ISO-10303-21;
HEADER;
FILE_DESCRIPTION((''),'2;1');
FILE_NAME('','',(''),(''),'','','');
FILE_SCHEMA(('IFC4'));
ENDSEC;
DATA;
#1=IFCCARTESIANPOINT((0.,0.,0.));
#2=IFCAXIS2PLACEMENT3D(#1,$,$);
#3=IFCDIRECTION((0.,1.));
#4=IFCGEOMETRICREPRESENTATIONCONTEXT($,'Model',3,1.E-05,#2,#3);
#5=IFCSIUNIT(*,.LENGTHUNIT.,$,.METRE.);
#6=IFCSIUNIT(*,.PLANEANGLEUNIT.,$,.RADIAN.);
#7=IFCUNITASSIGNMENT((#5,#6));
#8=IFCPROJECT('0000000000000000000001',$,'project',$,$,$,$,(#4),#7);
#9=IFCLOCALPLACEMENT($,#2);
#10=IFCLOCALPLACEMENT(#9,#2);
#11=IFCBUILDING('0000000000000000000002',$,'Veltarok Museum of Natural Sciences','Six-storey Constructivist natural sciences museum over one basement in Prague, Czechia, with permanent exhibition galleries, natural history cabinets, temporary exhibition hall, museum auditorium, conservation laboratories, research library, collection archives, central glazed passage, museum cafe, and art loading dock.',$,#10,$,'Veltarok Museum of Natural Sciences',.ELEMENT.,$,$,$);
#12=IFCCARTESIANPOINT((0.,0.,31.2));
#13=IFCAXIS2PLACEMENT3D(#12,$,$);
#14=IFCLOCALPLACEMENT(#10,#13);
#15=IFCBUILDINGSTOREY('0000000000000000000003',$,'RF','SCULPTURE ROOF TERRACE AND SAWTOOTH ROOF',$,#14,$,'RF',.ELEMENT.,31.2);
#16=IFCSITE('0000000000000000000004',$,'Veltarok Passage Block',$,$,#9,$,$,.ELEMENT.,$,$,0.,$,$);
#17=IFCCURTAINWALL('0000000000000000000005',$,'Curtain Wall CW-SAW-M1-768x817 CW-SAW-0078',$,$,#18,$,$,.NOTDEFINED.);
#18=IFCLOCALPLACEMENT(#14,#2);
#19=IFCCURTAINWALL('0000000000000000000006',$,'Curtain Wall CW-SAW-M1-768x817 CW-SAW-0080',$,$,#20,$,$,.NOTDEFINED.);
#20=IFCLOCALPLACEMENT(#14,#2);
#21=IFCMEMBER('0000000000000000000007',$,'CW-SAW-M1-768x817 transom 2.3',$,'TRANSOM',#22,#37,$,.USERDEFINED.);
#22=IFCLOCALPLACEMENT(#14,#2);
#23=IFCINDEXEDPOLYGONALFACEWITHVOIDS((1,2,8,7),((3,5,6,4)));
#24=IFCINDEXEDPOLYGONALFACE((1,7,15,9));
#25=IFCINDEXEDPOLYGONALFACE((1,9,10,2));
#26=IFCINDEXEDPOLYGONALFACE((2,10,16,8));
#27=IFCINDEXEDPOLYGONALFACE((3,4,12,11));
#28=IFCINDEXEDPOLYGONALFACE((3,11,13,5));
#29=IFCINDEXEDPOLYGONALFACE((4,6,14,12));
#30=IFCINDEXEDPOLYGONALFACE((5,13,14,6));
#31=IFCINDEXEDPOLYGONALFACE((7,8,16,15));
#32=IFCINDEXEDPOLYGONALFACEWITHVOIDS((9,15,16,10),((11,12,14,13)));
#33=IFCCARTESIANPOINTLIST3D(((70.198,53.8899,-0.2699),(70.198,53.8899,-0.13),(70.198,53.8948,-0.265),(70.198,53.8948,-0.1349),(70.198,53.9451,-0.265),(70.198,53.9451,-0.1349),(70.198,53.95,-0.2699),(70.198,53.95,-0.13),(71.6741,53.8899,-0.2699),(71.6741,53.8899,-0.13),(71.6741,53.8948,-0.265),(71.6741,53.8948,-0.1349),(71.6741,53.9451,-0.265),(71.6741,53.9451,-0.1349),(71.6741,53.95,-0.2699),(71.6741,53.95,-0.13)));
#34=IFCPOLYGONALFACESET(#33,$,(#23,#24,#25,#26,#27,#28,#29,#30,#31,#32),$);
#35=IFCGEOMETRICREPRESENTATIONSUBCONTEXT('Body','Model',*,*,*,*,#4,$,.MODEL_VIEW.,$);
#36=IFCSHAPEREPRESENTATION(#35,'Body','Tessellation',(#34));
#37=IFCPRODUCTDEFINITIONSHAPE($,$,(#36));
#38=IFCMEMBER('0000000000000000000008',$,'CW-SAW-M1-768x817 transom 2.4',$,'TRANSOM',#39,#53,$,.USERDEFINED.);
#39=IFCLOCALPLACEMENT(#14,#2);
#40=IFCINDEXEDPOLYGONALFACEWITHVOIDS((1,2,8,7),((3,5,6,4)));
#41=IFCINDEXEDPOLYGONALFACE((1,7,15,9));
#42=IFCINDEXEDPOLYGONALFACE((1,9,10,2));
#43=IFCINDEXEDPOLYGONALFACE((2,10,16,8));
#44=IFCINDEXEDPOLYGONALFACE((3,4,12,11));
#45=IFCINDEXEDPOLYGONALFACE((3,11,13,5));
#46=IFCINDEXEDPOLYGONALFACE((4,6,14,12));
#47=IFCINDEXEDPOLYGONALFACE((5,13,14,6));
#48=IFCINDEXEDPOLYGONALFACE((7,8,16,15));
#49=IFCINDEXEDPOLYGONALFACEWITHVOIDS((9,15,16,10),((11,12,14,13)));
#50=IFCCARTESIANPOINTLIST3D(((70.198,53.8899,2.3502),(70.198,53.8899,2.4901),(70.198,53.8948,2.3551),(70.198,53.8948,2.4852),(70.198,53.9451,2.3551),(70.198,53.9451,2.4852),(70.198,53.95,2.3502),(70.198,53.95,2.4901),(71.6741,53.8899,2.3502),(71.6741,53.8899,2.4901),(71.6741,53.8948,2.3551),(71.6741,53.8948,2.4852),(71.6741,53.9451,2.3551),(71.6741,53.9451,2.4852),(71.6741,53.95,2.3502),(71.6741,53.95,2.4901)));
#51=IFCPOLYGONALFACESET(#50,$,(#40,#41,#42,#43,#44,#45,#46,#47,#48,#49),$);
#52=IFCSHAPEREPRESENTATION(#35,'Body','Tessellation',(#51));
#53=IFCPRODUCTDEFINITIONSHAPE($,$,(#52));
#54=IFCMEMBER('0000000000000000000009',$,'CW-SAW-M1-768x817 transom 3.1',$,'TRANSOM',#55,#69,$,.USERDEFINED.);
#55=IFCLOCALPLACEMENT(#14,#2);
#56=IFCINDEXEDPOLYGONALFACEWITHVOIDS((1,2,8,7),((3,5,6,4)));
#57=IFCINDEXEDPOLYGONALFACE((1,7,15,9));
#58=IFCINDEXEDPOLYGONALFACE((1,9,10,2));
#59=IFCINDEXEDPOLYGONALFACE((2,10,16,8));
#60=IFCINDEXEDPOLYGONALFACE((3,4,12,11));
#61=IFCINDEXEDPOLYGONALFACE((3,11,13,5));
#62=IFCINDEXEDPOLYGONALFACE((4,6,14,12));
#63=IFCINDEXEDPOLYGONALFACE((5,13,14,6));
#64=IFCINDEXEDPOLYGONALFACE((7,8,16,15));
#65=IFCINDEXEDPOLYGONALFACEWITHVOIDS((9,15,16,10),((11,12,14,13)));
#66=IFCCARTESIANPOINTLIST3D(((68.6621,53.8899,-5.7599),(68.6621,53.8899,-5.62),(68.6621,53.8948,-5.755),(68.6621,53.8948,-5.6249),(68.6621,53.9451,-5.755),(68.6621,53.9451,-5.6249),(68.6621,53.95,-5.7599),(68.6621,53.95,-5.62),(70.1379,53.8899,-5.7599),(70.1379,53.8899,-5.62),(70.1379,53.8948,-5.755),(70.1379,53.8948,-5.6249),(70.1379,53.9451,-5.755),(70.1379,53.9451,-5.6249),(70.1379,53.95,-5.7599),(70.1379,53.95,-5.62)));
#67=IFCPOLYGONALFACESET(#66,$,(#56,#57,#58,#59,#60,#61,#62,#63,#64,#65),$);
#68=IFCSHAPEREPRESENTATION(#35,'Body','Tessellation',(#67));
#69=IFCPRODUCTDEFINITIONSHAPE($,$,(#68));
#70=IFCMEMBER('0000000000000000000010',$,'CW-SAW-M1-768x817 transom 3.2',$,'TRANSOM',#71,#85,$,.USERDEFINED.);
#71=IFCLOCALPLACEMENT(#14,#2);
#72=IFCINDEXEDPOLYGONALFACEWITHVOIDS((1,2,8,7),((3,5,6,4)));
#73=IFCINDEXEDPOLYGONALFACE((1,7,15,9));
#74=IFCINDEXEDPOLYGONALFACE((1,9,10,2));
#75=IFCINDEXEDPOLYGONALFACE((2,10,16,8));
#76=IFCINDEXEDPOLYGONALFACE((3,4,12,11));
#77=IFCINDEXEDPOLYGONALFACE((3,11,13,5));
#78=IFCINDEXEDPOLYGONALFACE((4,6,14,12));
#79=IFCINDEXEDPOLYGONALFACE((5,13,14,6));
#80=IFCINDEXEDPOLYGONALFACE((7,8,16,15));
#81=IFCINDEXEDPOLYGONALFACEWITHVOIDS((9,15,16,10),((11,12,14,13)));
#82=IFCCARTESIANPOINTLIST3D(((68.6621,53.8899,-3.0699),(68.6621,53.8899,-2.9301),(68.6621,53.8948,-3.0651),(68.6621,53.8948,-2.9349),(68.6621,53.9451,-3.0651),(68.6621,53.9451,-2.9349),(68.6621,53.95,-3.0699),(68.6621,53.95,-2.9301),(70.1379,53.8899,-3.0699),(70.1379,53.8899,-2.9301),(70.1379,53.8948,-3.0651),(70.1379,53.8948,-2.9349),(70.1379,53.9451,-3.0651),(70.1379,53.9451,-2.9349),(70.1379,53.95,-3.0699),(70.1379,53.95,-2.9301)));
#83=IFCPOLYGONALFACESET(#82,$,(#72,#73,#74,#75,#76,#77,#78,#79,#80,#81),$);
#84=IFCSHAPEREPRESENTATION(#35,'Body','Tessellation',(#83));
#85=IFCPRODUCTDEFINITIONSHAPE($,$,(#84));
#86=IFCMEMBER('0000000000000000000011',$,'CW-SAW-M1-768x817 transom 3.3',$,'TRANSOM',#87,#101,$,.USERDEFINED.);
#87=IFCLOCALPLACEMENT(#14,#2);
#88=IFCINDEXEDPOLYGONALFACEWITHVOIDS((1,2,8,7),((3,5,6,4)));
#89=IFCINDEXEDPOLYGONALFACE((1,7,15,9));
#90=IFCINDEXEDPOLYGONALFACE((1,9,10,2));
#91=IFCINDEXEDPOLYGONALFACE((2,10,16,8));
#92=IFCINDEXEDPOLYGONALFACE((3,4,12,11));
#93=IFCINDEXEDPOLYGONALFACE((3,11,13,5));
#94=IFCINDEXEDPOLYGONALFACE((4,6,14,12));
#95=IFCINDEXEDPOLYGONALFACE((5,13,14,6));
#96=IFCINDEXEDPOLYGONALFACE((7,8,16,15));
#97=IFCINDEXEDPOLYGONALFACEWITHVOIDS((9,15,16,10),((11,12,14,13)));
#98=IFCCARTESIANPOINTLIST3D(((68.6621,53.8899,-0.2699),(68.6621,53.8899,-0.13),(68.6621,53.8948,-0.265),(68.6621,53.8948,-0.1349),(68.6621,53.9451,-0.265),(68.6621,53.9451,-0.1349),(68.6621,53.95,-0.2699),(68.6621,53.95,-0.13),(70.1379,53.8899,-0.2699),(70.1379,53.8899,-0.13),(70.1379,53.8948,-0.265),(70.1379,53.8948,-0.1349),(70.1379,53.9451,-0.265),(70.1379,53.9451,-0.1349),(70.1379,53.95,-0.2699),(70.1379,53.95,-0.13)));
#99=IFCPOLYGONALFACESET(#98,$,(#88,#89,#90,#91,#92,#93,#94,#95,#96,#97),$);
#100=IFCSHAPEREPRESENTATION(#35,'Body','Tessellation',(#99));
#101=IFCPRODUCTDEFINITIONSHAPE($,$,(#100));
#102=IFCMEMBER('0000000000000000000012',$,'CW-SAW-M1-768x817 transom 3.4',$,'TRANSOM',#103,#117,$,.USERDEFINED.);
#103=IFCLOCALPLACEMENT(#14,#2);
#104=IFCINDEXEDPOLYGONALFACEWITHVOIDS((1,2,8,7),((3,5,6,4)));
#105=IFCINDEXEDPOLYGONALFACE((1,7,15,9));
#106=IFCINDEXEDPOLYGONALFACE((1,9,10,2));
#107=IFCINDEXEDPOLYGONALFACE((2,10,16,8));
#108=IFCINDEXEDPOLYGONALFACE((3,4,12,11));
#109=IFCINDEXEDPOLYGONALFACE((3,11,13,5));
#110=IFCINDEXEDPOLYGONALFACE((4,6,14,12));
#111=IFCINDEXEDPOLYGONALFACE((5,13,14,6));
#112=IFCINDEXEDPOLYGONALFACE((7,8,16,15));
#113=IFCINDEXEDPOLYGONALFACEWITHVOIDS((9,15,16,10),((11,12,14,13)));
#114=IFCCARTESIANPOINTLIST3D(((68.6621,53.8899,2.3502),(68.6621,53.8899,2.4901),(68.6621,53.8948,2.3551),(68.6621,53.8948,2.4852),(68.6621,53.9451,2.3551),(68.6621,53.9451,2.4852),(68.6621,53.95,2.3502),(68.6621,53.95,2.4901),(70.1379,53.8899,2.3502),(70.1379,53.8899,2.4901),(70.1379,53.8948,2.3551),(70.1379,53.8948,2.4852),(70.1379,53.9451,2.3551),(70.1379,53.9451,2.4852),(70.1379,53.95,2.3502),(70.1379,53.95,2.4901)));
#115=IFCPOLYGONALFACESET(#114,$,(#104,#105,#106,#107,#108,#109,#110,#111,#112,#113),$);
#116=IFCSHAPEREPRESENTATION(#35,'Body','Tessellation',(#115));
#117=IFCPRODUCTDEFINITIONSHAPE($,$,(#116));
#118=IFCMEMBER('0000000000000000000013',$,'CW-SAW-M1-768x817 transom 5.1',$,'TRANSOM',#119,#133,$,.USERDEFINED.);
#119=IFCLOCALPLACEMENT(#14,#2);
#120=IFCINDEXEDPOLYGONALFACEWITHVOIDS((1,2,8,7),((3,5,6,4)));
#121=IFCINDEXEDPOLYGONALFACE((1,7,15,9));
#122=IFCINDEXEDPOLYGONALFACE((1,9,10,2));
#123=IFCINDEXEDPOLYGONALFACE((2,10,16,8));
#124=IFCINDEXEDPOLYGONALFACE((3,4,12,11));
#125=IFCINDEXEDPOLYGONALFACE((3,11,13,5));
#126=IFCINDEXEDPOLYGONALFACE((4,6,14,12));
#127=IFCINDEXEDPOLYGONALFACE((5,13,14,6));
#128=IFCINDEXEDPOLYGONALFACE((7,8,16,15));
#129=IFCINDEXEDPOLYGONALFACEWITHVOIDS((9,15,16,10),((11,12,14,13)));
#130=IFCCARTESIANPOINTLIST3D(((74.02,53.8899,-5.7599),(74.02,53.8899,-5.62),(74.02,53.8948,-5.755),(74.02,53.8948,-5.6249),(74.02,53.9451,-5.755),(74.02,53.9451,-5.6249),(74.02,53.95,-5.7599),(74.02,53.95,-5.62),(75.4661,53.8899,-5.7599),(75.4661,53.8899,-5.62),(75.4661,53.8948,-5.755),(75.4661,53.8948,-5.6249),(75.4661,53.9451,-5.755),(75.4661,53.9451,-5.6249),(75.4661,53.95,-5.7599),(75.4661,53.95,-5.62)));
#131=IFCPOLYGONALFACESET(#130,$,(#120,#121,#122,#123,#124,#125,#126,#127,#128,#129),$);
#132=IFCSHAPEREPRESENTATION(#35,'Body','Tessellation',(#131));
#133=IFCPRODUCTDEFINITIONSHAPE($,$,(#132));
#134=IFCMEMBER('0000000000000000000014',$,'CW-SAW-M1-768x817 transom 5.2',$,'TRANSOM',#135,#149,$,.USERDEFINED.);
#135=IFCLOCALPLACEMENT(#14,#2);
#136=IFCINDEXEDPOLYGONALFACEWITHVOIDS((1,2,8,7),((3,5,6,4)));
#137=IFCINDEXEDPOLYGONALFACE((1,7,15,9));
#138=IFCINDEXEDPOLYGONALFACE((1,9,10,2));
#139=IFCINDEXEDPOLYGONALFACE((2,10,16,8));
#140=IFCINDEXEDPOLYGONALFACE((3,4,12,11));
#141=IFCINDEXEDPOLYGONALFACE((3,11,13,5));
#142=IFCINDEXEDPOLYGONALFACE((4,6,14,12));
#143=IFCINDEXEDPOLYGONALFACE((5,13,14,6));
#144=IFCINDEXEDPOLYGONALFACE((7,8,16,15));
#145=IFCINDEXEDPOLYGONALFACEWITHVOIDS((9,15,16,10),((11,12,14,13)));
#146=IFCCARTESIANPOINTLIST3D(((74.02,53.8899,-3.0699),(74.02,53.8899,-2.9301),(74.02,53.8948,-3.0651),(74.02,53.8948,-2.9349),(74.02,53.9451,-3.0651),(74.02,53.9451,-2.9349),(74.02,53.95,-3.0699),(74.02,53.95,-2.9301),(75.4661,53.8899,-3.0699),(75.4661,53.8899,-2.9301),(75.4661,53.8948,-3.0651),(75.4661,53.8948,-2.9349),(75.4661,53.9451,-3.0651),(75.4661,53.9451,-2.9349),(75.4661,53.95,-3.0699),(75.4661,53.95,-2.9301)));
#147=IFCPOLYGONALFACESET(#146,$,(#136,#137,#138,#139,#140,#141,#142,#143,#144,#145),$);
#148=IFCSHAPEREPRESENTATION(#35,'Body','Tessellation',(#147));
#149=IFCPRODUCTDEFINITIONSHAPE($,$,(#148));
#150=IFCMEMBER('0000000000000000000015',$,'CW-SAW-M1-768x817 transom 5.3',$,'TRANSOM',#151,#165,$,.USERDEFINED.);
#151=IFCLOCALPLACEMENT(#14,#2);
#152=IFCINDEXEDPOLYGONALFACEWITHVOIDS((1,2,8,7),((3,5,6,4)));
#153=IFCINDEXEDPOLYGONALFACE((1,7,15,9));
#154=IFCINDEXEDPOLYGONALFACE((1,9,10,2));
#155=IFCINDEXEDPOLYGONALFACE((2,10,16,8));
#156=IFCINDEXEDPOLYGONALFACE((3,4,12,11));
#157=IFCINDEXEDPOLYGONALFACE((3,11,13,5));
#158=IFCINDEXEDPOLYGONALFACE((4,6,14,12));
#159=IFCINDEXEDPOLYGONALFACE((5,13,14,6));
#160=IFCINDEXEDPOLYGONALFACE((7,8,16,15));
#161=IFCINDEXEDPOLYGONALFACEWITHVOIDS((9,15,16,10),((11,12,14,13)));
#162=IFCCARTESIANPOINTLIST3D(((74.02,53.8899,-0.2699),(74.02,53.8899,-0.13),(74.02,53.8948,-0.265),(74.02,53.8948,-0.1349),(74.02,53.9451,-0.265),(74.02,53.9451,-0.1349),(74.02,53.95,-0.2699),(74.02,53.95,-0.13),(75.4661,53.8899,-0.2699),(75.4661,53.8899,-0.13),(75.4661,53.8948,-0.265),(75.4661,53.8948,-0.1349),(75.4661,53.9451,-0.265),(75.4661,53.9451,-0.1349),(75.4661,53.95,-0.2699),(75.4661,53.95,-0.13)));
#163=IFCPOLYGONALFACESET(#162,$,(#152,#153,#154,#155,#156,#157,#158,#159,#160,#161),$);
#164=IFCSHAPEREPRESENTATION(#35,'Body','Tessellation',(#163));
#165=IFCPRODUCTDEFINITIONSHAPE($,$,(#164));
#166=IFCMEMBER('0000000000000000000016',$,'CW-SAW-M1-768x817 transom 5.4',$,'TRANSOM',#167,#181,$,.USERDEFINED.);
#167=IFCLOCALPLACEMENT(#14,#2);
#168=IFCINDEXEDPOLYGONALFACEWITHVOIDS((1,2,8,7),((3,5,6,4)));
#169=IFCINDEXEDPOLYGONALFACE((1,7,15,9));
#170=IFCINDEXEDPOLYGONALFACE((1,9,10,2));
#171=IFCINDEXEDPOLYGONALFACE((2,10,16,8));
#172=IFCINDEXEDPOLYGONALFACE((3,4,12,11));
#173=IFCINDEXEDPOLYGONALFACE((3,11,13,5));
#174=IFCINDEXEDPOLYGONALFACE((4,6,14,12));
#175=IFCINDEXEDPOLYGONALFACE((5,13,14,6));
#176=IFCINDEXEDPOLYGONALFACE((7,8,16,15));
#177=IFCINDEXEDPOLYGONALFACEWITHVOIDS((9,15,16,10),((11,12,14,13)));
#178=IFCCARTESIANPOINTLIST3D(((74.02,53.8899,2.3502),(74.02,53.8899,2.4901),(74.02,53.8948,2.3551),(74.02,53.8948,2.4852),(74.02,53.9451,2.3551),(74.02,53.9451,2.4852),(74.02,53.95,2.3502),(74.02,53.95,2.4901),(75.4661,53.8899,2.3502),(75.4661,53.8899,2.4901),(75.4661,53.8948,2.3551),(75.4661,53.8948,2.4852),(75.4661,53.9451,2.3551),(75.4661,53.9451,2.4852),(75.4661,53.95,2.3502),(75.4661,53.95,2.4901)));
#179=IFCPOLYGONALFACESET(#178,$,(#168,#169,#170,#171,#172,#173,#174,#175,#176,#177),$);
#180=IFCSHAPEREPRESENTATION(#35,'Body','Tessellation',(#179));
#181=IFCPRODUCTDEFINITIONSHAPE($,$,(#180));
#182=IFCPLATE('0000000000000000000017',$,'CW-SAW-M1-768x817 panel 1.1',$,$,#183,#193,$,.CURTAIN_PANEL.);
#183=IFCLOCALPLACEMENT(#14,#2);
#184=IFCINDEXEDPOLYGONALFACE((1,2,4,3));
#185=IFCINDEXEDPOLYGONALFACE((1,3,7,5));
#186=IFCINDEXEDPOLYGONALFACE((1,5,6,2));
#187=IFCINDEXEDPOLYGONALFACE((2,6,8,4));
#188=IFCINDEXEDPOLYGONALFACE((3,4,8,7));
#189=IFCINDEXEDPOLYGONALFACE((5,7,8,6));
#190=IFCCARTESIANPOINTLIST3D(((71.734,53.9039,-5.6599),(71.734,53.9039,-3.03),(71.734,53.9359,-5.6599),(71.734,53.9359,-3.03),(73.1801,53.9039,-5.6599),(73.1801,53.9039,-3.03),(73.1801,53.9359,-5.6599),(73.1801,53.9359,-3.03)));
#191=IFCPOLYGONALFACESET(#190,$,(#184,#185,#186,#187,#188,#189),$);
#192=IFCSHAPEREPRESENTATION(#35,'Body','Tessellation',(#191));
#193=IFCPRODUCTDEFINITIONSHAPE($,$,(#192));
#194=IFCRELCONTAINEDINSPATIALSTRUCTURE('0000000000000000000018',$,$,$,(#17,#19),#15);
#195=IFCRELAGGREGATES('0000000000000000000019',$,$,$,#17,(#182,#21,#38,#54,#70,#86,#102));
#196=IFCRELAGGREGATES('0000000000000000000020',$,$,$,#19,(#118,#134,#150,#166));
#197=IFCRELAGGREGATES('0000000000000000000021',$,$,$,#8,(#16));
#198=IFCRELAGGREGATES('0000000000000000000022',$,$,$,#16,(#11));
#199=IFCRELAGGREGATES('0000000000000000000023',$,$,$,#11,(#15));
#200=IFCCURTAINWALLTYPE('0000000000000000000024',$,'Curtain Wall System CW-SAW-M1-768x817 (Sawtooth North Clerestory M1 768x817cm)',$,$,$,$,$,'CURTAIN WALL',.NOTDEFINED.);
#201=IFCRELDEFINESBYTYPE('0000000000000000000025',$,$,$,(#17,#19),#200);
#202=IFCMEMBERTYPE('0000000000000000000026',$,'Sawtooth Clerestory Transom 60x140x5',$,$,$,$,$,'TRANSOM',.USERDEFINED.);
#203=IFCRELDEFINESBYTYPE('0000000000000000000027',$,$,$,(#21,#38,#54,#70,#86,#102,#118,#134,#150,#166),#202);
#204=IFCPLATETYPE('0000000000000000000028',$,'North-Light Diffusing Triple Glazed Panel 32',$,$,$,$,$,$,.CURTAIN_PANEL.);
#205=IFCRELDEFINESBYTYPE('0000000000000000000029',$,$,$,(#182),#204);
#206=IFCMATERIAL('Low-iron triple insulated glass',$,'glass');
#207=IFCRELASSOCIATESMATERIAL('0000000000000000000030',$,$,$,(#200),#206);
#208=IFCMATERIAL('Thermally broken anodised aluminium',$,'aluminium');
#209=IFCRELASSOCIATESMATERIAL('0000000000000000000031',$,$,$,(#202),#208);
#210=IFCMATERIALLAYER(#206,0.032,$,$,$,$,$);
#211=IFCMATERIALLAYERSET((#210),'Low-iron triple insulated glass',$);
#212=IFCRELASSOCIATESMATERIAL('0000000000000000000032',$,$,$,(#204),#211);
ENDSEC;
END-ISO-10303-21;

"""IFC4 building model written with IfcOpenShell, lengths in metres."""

from ifc_helpers import new_model, si_unit, direction, frame, origin, origin_2d, place, context, subcontext, project, spatial, rectangle, hollow_rectangle, extrude, material, layer, layer_set, material_profile, profile_set, type_object, element, aggregate, save


model = new_model("IFC4")

# Units and contexts
model_context = context("Model", 3, precision=1e-05, world=origin(), true_north=direction((0.0, 1.0)))
body_context = subcontext(model_context, "Body", "Model", "MODEL_VIEW")
ifc_project = project(units=[si_unit("LENGTHUNIT", "METRE"), si_unit("PLANEANGLEUNIT", "RADIAN")], contexts=[model_context])

# Site, building, storey
site_placement = place(None, origin())
site = spatial("IfcSite", under=ifc_project, at=site_placement, Name="Veltarok Passage Block", CompositionType="ELEMENT", RefElevation=0.0)
building_placement = place(site_placement, origin())
building = spatial("IfcBuilding", under=site, at=building_placement, Name="Veltarok Museum of Natural Sciences", Description="Six-storey Constructivist natural sciences museum over one basement in Prague, Czechia, with permanent exhibition galleries, natural history cabinets, temporary exhibition hall, museum auditorium, conservation laboratories, research library, collection archives, central glazed passage, museum cafe, and art loading dock.", LongName="Veltarok Museum of Natural Sciences", CompositionType="ELEMENT")
storey_placement = place(building_placement, frame((0.0, 0.0, 31.2)))
storey = spatial("IfcBuildingStorey", under=building, at=storey_placement, Name="RF", Description="SCULPTURE ROOF TERRACE AND SAWTOOTH ROOF", LongName="RF", CompositionType="ELEMENT", Elevation=31.2)

# Curtain walls
ifc_material_1 = material(Name="Low-iron triple insulated glass", Category="glass")
curtain_wall_type = type_object("IfcCurtainWallType", Name="Curtain Wall System CW-SAW-M1-768x817 (Sawtooth North Clerestory M1 768x817cm)", ElementType="CURTAIN WALL", PredefinedType="NOTDEFINED", material=ifc_material_1)
curtain_wall_1_placement = place(storey_placement, origin())
curtain_wall_1 = element("IfcCurtainWall", 1, at=curtain_wall_1_placement, inside=storey, type_object=curtain_wall_type, Name="Curtain Wall CW-SAW-M1-768x817 CW-SAW-0078", PredefinedType="NOTDEFINED")
ifc_material_2 = material(Name="Thermally broken anodised aluminium", Category="aluminium")
curtain_wall_2_placement = place(storey_placement, origin())
curtain_wall_2 = element("IfcCurtainWall", 2, at=curtain_wall_2_placement, inside=storey, type_object=curtain_wall_type, Name="Curtain Wall CW-SAW-M1-768x817 CW-SAW-0080", PredefinedType="NOTDEFINED")

# Members
ifc_material_profile_1 = material_profile(ifc_material_2, hollow_rectangle(XDim=0.0601, YDim=0.1399, WallThickness=0.0049, at=origin_2d()), Name="CW TRANSOM 60x140x5")
ifc_profile_set_1 = profile_set([ifc_material_profile_1], Name="Thermally broken anodised aluminium")
member_type_1 = type_object("IfcMemberType", Name="Sawtooth Clerestory Transom 60x140x5", ElementType="TRANSOM", PredefinedType="USERDEFINED", material=ifc_profile_set_1)
member_1_placement = place(storey_placement, frame((71.6741, 53.9199, -0.2), z_axis=(-1.0, 0.0, 0.0), x_axis=(0.0, -1.0, 0.0)))
member_1 = element("IfcMember", 3, at=member_1_placement, type_object=member_type_1, Name="CW-SAW-M1-768x817 transom 2.3", ObjectType="TRANSOM", PredefinedType="USERDEFINED", context=body_context, shape_type="SweptSolid", body=[
    extrude(hollow_rectangle(XDim=0.0601, YDim=0.1399, WallThickness=0.0049, at=origin_2d()), origin(), (0.0, 0.0, 1.0), 1.4761),
])
member_2_placement = place(storey_placement, frame((71.6741, 53.9199, 2.4202), z_axis=(-1.0, 0.0, 0.0), x_axis=(0.0, -1.0, 0.0)))
member_2 = element("IfcMember", 4, at=member_2_placement, type_object=member_type_1, Name="CW-SAW-M1-768x817 transom 2.4", ObjectType="TRANSOM", PredefinedType="USERDEFINED", context=body_context, shape_type="SweptSolid", body=[
    extrude(hollow_rectangle(XDim=0.0601, YDim=0.1399, WallThickness=0.0049, at=origin_2d()), origin(), (0.0, 0.0, 1.0), 1.4761),
])
member_3_placement = place(storey_placement, frame((70.1379, 53.9199, -5.6899), z_axis=(-1.0, 0.0, 0.0), x_axis=(0.0, -1.0, 0.0)))
member_3 = element("IfcMember", 5, at=member_3_placement, type_object=member_type_1, Name="CW-SAW-M1-768x817 transom 3.1", ObjectType="TRANSOM", PredefinedType="USERDEFINED", context=body_context, shape_type="SweptSolid", body=[
    extrude(hollow_rectangle(XDim=0.0601, YDim=0.1399, WallThickness=0.0049, at=origin_2d()), origin(), (0.0, 0.0, 1.0), 1.4758),
])
member_4_placement = place(storey_placement, frame((70.1379, 53.9199, -3.0), z_axis=(-1.0, 0.0, 0.0), x_axis=(0.0, -1.0, 0.0)))
member_4 = element("IfcMember", 6, at=member_4_placement, type_object=member_type_1, Name="CW-SAW-M1-768x817 transom 3.2", ObjectType="TRANSOM", PredefinedType="USERDEFINED", context=body_context, shape_type="SweptSolid", body=[
    extrude(hollow_rectangle(XDim=0.0601, YDim=0.1399, WallThickness=0.0049, at=origin_2d()), origin(), (0.0, 0.0, 1.0), 1.4758),
])
member_5_placement = place(storey_placement, frame((70.1379, 53.9199, -0.2), z_axis=(-1.0, 0.0, 0.0), x_axis=(0.0, -1.0, 0.0)))
member_5 = element("IfcMember", 7, at=member_5_placement, type_object=member_type_1, Name="CW-SAW-M1-768x817 transom 3.3", ObjectType="TRANSOM", PredefinedType="USERDEFINED", context=body_context, shape_type="SweptSolid", body=[
    extrude(hollow_rectangle(XDim=0.0601, YDim=0.1399, WallThickness=0.0049, at=origin_2d()), origin(), (0.0, 0.0, 1.0), 1.4758),
])
member_6_placement = place(storey_placement, frame((70.1379, 53.9199, 2.4202), z_axis=(-1.0, 0.0, 0.0), x_axis=(0.0, -1.0, 0.0)))
member_6 = element("IfcMember", 8, at=member_6_placement, type_object=member_type_1, Name="CW-SAW-M1-768x817 transom 3.4", ObjectType="TRANSOM", PredefinedType="USERDEFINED", context=body_context, shape_type="SweptSolid", body=[
    extrude(hollow_rectangle(XDim=0.0601, YDim=0.1399, WallThickness=0.0049, at=origin_2d()), origin(), (0.0, 0.0, 1.0), 1.4758),
])
member_7_placement = place(storey_placement, frame((75.4661, 53.9199, -5.6899), z_axis=(-1.0, 0.0, 0.0), x_axis=(0.0, -1.0, 0.0)))
member_7 = element("IfcMember", 9, at=member_7_placement, type_object=member_type_1, Name="CW-SAW-M1-768x817 transom 5.1", ObjectType="TRANSOM", PredefinedType="USERDEFINED", context=body_context, shape_type="SweptSolid", body=[
    extrude(hollow_rectangle(XDim=0.0601, YDim=0.1399, WallThickness=0.0049, at=origin_2d()), origin(), (0.0, 0.0, 1.0), 1.446),
])
member_8_placement = place(storey_placement, frame((75.4661, 53.9199, -3.0), z_axis=(-1.0, 0.0, 0.0), x_axis=(0.0, -1.0, 0.0)))
member_8 = element("IfcMember", 10, at=member_8_placement, type_object=member_type_1, Name="CW-SAW-M1-768x817 transom 5.2", ObjectType="TRANSOM", PredefinedType="USERDEFINED", context=body_context, shape_type="SweptSolid", body=[
    extrude(hollow_rectangle(XDim=0.0601, YDim=0.1399, WallThickness=0.0049, at=origin_2d()), origin(), (0.0, 0.0, 1.0), 1.446),
])
member_9_placement = place(storey_placement, frame((75.4661, 53.9199, -0.2), z_axis=(-1.0, 0.0, 0.0), x_axis=(0.0, -1.0, 0.0)))
member_9 = element("IfcMember", 11, at=member_9_placement, type_object=member_type_1, Name="CW-SAW-M1-768x817 transom 5.3", ObjectType="TRANSOM", PredefinedType="USERDEFINED", context=body_context, shape_type="SweptSolid", body=[
    extrude(hollow_rectangle(XDim=0.0601, YDim=0.1399, WallThickness=0.0049, at=origin_2d()), origin(), (0.0, 0.0, 1.0), 1.446),
])
member_10_placement = place(storey_placement, frame((75.4661, 53.9199, 2.4202), z_axis=(-1.0, 0.0, 0.0), x_axis=(0.0, -1.0, 0.0)))
member_10 = element("IfcMember", 12, at=member_10_placement, type_object=member_type_1, Name="CW-SAW-M1-768x817 transom 5.4", ObjectType="TRANSOM", PredefinedType="USERDEFINED", context=body_context, shape_type="SweptSolid", body=[
    extrude(hollow_rectangle(XDim=0.0601, YDim=0.1399, WallThickness=0.0049, at=origin_2d()), origin(), (0.0, 0.0, 1.0), 1.446),
])

# Plate
ifc_layer_1 = layer(ifc_material_1, 0.032)
ifc_layer_set_1 = layer_set([ifc_layer_1], Name="Low-iron triple insulated glass")
plate_type = type_object("IfcPlateType", Name="North-Light Diffusing Triple Glazed Panel 32", PredefinedType="CURTAIN_PANEL", material=ifc_layer_set_1)
plate_1_placement = place(storey_placement, frame((72.457, 53.9199, -5.6599), z_axis=(0.0, 0.0, 1.0), x_axis=(-1.0, 0.0, 0.0)))
plate_1 = element("IfcPlate", 13, at=plate_1_placement, type_object=plate_type, Name="CW-SAW-M1-768x817 panel 1.1", PredefinedType="CURTAIN_PANEL", context=body_context, shape_type="SweptSolid", body=[
    extrude(rectangle(XDim=1.446, YDim=0.032, at=origin_2d()), origin(), (0.0, 0.0, 1.0), 2.6299),
])
aggregate(curtain_wall_1, [plate_1, member_1, member_2, member_3, member_4, member_5, member_6])
aggregate(curtain_wall_2, [member_7, member_8, member_9, member_10])

save(model, "model.ifc")
